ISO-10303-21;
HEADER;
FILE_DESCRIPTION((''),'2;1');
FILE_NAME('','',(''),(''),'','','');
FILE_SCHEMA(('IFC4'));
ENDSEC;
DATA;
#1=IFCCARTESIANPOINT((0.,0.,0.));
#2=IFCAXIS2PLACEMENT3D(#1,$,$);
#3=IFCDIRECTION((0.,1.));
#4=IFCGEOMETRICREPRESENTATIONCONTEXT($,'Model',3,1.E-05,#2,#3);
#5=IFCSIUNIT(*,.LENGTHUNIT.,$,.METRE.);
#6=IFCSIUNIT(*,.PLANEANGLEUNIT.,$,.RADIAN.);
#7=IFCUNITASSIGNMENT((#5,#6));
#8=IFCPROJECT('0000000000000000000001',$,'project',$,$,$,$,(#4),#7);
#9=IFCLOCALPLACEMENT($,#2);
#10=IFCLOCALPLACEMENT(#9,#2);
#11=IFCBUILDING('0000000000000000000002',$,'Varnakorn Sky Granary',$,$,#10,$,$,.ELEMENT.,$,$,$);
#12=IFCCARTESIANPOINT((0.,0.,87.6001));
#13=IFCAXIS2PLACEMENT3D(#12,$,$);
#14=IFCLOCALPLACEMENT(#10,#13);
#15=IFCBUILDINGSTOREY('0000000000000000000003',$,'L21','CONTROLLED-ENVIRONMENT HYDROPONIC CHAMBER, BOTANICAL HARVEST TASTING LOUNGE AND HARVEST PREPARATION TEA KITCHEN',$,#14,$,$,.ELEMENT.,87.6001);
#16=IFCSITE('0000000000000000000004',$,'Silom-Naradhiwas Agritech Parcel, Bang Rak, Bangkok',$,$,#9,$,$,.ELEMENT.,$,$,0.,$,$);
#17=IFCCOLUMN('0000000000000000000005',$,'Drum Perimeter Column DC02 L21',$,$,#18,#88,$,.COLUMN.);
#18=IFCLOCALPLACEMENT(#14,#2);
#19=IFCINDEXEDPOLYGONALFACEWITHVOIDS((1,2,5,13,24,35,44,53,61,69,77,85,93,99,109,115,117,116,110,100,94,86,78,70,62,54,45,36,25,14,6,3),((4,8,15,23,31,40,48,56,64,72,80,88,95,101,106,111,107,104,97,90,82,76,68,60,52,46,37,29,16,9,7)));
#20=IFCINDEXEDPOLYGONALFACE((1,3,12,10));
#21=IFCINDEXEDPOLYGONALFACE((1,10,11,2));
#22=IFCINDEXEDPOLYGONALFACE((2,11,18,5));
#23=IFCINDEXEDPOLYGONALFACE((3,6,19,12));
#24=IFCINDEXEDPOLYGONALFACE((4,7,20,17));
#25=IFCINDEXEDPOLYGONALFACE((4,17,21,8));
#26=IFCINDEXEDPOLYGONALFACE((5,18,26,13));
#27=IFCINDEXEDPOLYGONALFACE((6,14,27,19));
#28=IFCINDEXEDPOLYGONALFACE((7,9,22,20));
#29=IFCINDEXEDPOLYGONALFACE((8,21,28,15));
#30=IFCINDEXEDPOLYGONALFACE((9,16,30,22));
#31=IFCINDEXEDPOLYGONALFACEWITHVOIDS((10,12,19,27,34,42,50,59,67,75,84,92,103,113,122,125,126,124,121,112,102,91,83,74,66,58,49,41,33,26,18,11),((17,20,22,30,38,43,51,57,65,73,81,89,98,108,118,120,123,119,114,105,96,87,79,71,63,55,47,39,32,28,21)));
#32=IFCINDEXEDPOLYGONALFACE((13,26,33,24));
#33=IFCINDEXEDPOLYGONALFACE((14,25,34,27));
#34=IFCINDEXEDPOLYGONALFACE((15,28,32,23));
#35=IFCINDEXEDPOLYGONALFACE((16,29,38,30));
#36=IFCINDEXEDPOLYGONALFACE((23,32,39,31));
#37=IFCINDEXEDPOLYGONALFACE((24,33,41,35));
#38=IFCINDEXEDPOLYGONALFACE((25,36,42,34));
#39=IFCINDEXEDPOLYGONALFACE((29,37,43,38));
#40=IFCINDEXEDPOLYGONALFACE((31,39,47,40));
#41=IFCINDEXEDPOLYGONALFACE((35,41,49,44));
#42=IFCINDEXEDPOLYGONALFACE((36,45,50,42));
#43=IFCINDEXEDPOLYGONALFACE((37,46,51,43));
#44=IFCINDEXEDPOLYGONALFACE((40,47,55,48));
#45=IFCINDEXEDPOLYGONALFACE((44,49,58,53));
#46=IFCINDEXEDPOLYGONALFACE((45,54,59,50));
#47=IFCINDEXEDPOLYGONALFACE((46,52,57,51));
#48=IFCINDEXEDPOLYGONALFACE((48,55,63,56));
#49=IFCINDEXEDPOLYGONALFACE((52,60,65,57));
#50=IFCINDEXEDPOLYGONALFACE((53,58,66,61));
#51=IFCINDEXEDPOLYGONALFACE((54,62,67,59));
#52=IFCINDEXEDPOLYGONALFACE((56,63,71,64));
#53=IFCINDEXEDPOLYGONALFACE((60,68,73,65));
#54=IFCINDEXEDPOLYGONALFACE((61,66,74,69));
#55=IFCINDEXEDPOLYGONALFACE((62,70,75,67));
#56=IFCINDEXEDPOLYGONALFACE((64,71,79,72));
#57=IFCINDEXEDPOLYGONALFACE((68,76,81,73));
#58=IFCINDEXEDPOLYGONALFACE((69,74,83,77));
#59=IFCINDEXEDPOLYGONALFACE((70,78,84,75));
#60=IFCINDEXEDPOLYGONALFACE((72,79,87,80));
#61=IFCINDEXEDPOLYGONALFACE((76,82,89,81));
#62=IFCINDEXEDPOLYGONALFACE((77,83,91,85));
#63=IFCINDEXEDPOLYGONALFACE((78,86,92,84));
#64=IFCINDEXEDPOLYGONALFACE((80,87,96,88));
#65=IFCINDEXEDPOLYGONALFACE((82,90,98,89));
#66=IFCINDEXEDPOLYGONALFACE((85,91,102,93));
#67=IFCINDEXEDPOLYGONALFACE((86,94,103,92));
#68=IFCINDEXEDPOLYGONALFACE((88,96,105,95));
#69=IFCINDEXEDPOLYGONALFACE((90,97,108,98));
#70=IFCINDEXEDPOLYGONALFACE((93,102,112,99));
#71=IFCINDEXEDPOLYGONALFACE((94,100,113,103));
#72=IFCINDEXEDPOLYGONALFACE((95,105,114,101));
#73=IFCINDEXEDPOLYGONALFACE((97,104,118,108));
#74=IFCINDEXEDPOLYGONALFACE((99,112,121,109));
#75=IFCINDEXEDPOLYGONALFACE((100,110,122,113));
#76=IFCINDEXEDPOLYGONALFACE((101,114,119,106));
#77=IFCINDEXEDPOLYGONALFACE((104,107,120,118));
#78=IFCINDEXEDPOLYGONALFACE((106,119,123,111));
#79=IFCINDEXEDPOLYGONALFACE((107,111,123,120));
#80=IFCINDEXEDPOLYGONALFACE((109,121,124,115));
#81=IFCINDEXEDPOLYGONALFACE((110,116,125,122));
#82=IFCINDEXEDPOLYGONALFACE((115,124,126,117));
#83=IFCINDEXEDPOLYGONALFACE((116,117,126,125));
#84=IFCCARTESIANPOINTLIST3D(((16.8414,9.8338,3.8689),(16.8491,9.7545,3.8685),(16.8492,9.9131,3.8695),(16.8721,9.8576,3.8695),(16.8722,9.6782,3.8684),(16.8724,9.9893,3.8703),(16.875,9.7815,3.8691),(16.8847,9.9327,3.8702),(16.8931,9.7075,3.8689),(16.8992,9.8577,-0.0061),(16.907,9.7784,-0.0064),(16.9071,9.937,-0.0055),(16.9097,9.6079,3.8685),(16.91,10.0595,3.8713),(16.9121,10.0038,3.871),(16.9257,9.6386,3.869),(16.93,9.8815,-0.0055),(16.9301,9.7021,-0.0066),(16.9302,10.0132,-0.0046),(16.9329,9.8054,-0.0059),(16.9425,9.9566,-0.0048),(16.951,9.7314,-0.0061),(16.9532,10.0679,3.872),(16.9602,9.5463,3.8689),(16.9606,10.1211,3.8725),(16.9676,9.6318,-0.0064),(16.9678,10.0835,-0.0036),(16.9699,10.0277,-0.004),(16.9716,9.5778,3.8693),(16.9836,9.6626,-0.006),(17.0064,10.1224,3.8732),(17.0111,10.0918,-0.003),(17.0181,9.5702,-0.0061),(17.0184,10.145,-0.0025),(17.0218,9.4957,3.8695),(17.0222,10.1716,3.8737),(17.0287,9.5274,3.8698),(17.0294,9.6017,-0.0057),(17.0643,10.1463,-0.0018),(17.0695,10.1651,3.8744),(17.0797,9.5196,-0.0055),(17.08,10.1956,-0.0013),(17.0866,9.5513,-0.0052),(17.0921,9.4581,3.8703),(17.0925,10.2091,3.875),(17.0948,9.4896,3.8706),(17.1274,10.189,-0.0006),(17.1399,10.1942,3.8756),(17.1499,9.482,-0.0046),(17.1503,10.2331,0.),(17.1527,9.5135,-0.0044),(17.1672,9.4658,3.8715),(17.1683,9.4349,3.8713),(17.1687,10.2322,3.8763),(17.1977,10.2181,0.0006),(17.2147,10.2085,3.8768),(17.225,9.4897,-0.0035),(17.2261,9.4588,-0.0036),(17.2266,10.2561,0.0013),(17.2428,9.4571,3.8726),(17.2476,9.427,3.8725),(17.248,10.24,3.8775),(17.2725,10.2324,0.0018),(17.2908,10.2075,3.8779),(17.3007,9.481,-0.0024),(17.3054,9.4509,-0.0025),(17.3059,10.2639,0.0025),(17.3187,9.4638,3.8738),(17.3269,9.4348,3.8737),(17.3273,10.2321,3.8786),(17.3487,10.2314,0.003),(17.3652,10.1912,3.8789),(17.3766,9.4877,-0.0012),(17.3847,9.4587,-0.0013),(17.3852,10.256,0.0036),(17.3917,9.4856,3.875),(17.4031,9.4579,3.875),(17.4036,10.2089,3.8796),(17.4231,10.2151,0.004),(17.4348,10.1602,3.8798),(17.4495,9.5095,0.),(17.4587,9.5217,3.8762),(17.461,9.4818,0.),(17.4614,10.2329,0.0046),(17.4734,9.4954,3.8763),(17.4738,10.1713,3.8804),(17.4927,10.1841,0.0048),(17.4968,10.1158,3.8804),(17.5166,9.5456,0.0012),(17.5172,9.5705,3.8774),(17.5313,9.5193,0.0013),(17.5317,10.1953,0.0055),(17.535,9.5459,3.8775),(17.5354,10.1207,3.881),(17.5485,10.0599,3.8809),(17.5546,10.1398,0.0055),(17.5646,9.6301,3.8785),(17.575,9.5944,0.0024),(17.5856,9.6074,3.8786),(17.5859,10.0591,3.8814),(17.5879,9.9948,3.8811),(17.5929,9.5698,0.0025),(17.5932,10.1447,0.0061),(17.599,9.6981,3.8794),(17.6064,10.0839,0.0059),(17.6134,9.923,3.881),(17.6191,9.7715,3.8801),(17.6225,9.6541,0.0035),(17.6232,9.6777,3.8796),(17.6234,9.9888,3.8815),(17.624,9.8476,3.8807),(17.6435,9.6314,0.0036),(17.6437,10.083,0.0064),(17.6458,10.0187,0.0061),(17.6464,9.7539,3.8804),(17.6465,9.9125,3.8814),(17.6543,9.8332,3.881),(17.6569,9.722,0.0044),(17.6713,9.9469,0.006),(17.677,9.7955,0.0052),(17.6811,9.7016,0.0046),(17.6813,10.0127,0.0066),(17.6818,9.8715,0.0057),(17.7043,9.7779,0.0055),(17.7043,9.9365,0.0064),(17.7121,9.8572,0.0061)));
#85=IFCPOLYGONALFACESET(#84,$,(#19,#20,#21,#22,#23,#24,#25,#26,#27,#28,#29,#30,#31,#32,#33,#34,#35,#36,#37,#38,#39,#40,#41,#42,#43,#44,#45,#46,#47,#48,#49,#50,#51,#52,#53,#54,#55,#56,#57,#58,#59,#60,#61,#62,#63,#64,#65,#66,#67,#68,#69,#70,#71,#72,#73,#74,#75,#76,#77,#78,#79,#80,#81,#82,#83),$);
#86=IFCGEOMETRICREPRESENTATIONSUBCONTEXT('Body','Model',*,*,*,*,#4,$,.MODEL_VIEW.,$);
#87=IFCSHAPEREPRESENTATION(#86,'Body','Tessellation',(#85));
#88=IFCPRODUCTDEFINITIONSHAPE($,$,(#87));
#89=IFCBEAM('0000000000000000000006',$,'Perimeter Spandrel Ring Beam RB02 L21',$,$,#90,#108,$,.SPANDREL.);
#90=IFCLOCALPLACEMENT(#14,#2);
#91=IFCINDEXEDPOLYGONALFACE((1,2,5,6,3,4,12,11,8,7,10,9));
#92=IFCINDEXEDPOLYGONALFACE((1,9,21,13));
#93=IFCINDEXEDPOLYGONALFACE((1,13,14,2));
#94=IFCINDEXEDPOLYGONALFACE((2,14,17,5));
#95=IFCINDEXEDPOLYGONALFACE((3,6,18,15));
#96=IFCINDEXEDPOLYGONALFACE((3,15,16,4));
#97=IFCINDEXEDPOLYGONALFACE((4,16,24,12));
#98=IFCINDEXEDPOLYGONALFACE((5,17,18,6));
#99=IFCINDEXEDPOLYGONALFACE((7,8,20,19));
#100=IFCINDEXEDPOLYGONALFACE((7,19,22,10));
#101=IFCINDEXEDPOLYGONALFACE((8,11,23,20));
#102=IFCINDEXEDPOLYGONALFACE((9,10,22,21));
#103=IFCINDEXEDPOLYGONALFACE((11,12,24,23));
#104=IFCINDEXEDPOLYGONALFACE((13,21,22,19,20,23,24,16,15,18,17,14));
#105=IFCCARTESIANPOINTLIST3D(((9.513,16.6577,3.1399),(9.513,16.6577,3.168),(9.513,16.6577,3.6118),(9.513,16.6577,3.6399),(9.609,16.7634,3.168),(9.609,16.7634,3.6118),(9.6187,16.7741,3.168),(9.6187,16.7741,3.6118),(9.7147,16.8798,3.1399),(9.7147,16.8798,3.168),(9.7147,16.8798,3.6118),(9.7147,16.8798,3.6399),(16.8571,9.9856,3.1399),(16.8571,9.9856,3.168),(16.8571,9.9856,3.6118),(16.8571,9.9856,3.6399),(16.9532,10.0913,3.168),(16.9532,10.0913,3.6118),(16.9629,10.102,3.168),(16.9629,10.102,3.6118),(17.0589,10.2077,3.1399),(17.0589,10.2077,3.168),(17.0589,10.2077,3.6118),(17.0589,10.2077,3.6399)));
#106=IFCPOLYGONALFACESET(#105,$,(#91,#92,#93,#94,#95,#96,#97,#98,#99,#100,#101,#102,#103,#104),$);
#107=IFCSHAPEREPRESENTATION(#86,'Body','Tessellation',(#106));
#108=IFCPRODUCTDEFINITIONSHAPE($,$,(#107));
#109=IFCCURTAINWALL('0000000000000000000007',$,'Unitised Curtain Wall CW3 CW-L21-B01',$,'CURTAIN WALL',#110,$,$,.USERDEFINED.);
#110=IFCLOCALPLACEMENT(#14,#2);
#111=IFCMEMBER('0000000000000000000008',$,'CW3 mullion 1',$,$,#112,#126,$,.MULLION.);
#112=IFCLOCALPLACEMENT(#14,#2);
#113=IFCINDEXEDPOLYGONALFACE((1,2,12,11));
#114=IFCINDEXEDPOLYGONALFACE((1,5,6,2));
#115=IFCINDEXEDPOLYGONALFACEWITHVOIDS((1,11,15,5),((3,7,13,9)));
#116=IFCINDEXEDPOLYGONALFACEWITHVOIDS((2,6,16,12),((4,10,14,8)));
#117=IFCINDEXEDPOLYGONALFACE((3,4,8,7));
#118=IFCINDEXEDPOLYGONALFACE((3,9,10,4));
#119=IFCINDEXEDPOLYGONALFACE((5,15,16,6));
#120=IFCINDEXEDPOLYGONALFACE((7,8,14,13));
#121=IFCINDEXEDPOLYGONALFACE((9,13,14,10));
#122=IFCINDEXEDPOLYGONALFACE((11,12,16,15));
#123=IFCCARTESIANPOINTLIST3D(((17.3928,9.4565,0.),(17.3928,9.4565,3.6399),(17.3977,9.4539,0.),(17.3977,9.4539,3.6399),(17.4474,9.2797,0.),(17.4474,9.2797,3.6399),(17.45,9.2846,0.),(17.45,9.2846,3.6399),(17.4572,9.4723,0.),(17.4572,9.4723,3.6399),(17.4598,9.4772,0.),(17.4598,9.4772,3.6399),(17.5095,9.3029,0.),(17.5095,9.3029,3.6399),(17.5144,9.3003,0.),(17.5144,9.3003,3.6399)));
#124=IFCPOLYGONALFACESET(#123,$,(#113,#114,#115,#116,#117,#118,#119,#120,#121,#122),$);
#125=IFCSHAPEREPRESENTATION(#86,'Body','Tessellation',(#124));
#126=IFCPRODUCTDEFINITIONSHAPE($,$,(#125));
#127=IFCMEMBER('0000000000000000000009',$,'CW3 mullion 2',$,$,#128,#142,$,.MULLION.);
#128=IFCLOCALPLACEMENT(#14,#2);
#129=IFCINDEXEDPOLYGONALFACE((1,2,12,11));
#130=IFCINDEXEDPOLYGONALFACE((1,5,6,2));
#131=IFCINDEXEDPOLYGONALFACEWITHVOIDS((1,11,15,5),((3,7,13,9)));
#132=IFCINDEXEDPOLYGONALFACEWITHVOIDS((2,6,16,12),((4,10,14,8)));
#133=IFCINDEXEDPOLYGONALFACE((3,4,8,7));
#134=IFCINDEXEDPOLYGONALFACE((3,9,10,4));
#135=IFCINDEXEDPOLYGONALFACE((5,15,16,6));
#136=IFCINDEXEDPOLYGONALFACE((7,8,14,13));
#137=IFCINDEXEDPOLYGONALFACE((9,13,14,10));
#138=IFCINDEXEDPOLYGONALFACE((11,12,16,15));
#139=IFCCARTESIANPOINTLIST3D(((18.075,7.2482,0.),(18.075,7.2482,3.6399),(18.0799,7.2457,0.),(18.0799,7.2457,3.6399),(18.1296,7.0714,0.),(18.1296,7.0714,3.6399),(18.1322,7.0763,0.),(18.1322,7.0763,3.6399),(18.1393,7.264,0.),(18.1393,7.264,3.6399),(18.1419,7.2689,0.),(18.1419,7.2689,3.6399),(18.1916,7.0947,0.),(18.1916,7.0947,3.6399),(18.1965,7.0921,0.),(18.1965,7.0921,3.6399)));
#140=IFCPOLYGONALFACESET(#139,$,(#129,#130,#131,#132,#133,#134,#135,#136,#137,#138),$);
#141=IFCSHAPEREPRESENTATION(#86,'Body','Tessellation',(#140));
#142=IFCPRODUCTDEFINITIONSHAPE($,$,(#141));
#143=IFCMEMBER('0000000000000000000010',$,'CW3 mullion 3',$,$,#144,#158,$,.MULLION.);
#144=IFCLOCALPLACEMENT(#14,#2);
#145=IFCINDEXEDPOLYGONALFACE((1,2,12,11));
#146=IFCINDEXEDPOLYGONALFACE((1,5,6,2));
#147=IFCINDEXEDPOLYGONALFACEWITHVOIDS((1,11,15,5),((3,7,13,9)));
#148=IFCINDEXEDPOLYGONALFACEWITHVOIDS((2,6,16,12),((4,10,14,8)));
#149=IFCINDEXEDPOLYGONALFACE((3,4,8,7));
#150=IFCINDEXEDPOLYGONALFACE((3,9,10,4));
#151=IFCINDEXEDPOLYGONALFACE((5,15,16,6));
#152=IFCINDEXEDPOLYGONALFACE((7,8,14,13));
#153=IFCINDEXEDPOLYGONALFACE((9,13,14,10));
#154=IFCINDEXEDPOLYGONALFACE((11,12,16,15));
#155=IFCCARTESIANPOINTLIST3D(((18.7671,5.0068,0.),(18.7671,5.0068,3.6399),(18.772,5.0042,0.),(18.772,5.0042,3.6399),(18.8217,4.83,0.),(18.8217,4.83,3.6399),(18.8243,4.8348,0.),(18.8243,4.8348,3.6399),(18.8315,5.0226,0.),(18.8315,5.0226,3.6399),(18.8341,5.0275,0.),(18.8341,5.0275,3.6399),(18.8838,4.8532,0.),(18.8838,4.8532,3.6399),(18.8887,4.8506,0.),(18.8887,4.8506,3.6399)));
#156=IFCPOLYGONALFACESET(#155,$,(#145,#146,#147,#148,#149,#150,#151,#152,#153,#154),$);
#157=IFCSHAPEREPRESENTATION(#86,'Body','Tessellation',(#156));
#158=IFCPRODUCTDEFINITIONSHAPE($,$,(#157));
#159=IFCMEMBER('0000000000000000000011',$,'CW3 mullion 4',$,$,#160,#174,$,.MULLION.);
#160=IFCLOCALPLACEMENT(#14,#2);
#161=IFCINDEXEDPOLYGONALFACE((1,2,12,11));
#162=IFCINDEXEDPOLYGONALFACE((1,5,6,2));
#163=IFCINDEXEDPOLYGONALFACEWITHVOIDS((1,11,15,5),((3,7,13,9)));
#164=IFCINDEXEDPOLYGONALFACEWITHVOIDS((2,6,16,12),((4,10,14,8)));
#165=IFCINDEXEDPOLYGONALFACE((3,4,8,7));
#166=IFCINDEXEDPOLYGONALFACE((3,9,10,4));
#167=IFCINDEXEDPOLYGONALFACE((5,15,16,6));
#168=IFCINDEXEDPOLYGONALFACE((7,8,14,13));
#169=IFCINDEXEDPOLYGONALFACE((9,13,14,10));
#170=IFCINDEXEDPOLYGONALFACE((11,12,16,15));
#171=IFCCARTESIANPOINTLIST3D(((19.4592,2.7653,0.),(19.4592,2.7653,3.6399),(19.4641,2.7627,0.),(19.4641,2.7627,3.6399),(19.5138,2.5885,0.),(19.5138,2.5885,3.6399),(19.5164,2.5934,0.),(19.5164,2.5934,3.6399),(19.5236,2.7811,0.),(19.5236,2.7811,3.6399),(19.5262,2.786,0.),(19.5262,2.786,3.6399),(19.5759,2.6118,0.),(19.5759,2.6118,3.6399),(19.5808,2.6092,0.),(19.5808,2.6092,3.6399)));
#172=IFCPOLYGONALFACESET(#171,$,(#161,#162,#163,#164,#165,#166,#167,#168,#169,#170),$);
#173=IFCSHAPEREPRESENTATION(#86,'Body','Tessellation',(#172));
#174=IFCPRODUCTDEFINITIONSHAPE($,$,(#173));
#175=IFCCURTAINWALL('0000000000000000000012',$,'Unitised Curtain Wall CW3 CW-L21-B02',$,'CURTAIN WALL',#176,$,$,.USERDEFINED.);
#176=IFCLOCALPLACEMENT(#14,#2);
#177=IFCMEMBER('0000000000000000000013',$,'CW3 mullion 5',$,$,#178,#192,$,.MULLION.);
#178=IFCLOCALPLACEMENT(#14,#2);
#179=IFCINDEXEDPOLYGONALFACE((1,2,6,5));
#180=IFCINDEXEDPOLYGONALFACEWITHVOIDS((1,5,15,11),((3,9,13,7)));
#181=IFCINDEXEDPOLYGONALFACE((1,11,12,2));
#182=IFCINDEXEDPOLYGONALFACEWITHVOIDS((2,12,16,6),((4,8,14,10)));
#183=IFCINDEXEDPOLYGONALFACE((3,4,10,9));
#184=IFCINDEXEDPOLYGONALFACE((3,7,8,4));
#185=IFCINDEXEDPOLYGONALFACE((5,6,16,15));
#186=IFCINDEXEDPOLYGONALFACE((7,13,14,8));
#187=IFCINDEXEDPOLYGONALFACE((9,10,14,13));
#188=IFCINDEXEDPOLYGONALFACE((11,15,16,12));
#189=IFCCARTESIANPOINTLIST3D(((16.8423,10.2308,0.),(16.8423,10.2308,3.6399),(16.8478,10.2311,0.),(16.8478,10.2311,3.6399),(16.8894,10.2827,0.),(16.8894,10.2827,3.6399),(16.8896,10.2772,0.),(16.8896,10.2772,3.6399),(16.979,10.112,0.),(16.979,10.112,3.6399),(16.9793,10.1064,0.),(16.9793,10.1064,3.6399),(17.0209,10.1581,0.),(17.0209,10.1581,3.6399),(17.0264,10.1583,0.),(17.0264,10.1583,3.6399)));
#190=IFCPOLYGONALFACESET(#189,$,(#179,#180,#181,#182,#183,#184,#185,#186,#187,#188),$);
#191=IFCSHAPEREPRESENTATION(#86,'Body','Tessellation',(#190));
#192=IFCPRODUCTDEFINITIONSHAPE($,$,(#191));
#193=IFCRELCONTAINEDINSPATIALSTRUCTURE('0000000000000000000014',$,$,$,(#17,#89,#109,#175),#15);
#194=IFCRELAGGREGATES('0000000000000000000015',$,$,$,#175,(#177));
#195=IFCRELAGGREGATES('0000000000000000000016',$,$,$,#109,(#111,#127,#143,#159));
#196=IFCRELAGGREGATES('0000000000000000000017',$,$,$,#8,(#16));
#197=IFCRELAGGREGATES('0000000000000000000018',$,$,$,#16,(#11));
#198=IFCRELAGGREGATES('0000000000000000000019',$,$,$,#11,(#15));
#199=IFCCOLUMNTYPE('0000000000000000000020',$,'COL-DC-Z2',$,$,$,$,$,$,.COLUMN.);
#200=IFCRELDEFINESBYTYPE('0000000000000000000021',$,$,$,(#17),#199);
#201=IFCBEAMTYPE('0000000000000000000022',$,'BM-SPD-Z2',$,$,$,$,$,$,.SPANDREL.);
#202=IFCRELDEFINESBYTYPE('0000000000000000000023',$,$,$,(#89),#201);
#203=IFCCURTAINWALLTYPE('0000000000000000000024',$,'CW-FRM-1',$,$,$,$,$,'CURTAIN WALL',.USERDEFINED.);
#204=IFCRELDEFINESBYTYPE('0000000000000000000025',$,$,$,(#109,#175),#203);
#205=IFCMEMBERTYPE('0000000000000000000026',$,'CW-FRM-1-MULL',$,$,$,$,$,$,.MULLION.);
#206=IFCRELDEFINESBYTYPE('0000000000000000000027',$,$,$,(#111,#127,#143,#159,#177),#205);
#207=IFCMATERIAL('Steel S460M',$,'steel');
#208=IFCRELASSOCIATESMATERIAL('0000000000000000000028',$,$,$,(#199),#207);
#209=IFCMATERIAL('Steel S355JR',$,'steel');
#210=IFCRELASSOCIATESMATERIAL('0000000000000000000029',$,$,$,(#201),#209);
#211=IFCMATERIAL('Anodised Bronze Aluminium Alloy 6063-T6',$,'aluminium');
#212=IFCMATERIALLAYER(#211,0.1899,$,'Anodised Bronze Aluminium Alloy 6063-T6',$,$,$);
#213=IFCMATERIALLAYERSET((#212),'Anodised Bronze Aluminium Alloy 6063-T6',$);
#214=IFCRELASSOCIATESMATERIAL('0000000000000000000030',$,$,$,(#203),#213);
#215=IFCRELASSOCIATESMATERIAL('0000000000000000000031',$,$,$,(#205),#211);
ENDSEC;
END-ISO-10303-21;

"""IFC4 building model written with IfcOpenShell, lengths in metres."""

from ifc_helpers import new_model, si_unit, direction, frame, origin, origin_2d, place, context, subcontext, project, spatial, hollow_rectangle, hollow_circle, i_section, extrude, material, layer, layer_set, material_profile, profile_set, type_object, element, aggregate, save


model = new_model("IFC4")

# Units and contexts
model_context = context("Model", 3, precision=1e-05, world=origin(), true_north=direction((0.0, 1.0)))
body_context = subcontext(model_context, "Body", "Model", "MODEL_VIEW")
ifc_project = project(units=[si_unit("LENGTHUNIT", "METRE"), si_unit("PLANEANGLEUNIT", "RADIAN")], contexts=[model_context])

# Site, building, storey
site_placement = place(None, origin())
site = spatial("IfcSite", under=ifc_project, at=site_placement, Name="Silom-Naradhiwas Agritech Parcel, Bang Rak, Bangkok", CompositionType="ELEMENT", RefElevation=0.0)
building_placement = place(site_placement, origin())
building = spatial("IfcBuilding", under=site, at=building_placement, Name="Varnakorn Sky Granary", CompositionType="ELEMENT")
storey_placement = place(building_placement, frame((0.0, 0.0, 87.6001)))
storey = spatial("IfcBuildingStorey", under=building, at=storey_placement, Name="L21", Description="CONTROLLED-ENVIRONMENT HYDROPONIC CHAMBER, BOTANICAL HARVEST TASTING LOUNGE AND HARVEST PREPARATION TEA KITCHEN", CompositionType="ELEMENT", Elevation=87.6001)

# Column
ifc_material_1 = material(Name="Steel S460M", Category="steel")
ifc_material_profile_1 = material_profile(ifc_material_1, hollow_circle(Radius=0.4065, WallThickness=0.03, at=origin_2d()), Name="CHS 813x30")
ifc_profile_set_1 = profile_set([ifc_material_profile_1], Name="Steel S460M")
column_type = type_object("IfcColumnType", Name="COL-DC-Z2", PredefinedType="COLUMN", material=ifc_profile_set_1)
column_placement = place(storey_placement, frame((17.3057, 9.8574, 0.0), z_axis=(-0.01493, -0.006174, 0.999869), x_axis=(0.382122, -0.924112, 0.0)))
element("IfcColumn", 1, at=column_placement, inside=storey, type_object=column_type, Name="Drum Perimeter Column DC02 L21", PredefinedType="COLUMN", context=body_context, shape_type="SweptSolid", body=[
    extrude(hollow_circle(Radius=0.4065, WallThickness=0.03, at=origin_2d()), origin(), (0.0, 0.0, 1.0), 3.8755),
])

# Beam
ifc_material_2 = material(Name="Steel S355JR", Category="steel")
ifc_material_profile_2 = material_profile(ifc_material_2, i_section(OverallWidth=0.3, OverallDepth=0.5, WebThickness=0.0144, FlangeThickness=0.0281, at=origin_2d()), Name="HE 500 B")
ifc_profile_set_2 = profile_set([ifc_material_profile_2], Name="Steel S355JR")
beam_type = type_object("IfcBeamType", Name="BM-SPD-Z2", PredefinedType="SPANDREL", material=ifc_profile_set_2)
beam_placement = place(storey_placement, frame((16.958, 10.0967, 3.3899), z_axis=(-0.740164, 0.672427, 0.0), x_axis=(-0.672427, -0.740164, 0.0)))
element("IfcBeam", 2, at=beam_placement, inside=storey, type_object=beam_type, Name="Perimeter Spandrel Ring Beam RB02 L21", PredefinedType="SPANDREL", context=body_context, shape_type="SweptSolid", body=[
    extrude(i_section(OverallWidth=0.3, OverallDepth=0.5, WebThickness=0.0144, FlangeThickness=0.0281, at=origin_2d()), origin(), (0.0, 0.0, 1.0), 9.9224),
])

# Curtain wall, members
ifc_material_3 = material(Name="Anodised Bronze Aluminium Alloy 6063-T6", Category="aluminium")
ifc_layer_1 = layer(ifc_material_3, 0.1899, Name="Anodised Bronze Aluminium Alloy 6063-T6")
ifc_layer_set_1 = layer_set([ifc_layer_1], Name="Anodised Bronze Aluminium Alloy 6063-T6")
curtain_wall_type = type_object("IfcCurtainWallType", Name="CW-FRM-1", ElementType="CURTAIN WALL", PredefinedType="USERDEFINED", material=ifc_layer_set_1)
curtain_wall_1_placement = place(storey_placement, origin())
curtain_wall_1 = element("IfcCurtainWall", 3, at=curtain_wall_1_placement, inside=storey, type_object=curtain_wall_type, Name="Unitised Curtain Wall CW3 CW-L21-B01", ObjectType="CURTAIN WALL", PredefinedType="USERDEFINED")
ifc_material_profile_3 = material_profile(ifc_material_3, hollow_rectangle(XDim=0.0701, YDim=0.1851, WallThickness=0.0039, at=origin_2d()), Name="ALU MULL 70x185")
ifc_profile_set_3 = profile_set([ifc_material_profile_3], Name="Anodised Bronze Aluminium Alloy 6063-T6")
member_type_1 = type_object("IfcMemberType", Name="CW-FRM-1-MULL", PredefinedType="MULLION", material=ifc_profile_set_3)
member_1_placement = place(storey_placement, frame((17.4536, 9.3784, 0.0), z_axis=(0.0, 0.0, 1.0), x_axis=(0.955476, 0.295069, 0.0)))
member_1 = element("IfcMember", 4, at=member_1_placement, type_object=member_type_1, Name="CW3 mullion 1", PredefinedType="MULLION", context=body_context, shape_type="SweptSolid", body=[
    extrude(hollow_rectangle(XDim=0.0701, YDim=0.1851, WallThickness=0.0039, at=origin_2d()), origin(), (0.0, 0.0, 1.0), 3.6399),
])
member_2_placement = place(storey_placement, frame((18.1357, 7.1702, 0.0), z_axis=(0.0, 0.0, 1.0), x_axis=(0.955476, 0.295069, 0.0)))
member_2 = element("IfcMember", 5, at=member_2_placement, type_object=member_type_1, Name="CW3 mullion 2", PredefinedType="MULLION", context=body_context, shape_type="SweptSolid", body=[
    extrude(hollow_rectangle(XDim=0.0701, YDim=0.1851, WallThickness=0.0039, at=origin_2d()), origin(), (0.0, 0.0, 1.0), 3.6399),
])
member_3_placement = place(storey_placement, frame((18.8279, 4.9287, 0.0), z_axis=(0.0, 0.0, 1.0), x_axis=(0.955476, 0.295069, 0.0)))
member_3 = element("IfcMember", 6, at=member_3_placement, type_object=member_type_1, Name="CW3 mullion 3", PredefinedType="MULLION", context=body_context, shape_type="SweptSolid", body=[
    extrude(hollow_rectangle(XDim=0.0701, YDim=0.1851, WallThickness=0.0039, at=origin_2d()), origin(), (0.0, 0.0, 1.0), 3.6399),
])
member_4_placement = place(storey_placement, frame((19.52, 2.6873, 0.0), z_axis=(0.0, 0.0, 1.0), x_axis=(0.955476, 0.295069, 0.0)))
member_4 = element("IfcMember", 7, at=member_4_placement, type_object=member_type_1, Name="CW3 mullion 4", PredefinedType="MULLION", context=body_context, shape_type="SweptSolid", body=[
    extrude(hollow_rectangle(XDim=0.0701, YDim=0.1851, WallThickness=0.0039, at=origin_2d()), origin(), (0.0, 0.0, 1.0), 3.6399),
])

# Curtain wall, member
curtain_wall_2_placement = place(storey_placement, origin())
curtain_wall_2 = element("IfcCurtainWall", 8, at=curtain_wall_2_placement, inside=storey, type_object=curtain_wall_type, Name="Unitised Curtain Wall CW3 CW-L21-B02", ObjectType="CURTAIN WALL", PredefinedType="USERDEFINED")
member_5_placement = place(storey_placement, frame((16.9343, 10.1946, 0.0), z_axis=(0.0, 0.0, 1.0), x_axis=(0.67219, 0.740378, 0.0)))
member_5 = element("IfcMember", 9, at=member_5_placement, type_object=member_type_1, Name="CW3 mullion 5", PredefinedType="MULLION", context=body_context, shape_type="SweptSolid", body=[
    extrude(hollow_rectangle(XDim=0.0701, YDim=0.1851, WallThickness=0.0039, at=origin_2d()), origin(), (0.0, 0.0, 1.0), 3.6399),
])
aggregate(curtain_wall_2, [member_5])

aggregate(curtain_wall_1, [member_1, member_2, member_3, member_4])

save(model, "model.ifc")
